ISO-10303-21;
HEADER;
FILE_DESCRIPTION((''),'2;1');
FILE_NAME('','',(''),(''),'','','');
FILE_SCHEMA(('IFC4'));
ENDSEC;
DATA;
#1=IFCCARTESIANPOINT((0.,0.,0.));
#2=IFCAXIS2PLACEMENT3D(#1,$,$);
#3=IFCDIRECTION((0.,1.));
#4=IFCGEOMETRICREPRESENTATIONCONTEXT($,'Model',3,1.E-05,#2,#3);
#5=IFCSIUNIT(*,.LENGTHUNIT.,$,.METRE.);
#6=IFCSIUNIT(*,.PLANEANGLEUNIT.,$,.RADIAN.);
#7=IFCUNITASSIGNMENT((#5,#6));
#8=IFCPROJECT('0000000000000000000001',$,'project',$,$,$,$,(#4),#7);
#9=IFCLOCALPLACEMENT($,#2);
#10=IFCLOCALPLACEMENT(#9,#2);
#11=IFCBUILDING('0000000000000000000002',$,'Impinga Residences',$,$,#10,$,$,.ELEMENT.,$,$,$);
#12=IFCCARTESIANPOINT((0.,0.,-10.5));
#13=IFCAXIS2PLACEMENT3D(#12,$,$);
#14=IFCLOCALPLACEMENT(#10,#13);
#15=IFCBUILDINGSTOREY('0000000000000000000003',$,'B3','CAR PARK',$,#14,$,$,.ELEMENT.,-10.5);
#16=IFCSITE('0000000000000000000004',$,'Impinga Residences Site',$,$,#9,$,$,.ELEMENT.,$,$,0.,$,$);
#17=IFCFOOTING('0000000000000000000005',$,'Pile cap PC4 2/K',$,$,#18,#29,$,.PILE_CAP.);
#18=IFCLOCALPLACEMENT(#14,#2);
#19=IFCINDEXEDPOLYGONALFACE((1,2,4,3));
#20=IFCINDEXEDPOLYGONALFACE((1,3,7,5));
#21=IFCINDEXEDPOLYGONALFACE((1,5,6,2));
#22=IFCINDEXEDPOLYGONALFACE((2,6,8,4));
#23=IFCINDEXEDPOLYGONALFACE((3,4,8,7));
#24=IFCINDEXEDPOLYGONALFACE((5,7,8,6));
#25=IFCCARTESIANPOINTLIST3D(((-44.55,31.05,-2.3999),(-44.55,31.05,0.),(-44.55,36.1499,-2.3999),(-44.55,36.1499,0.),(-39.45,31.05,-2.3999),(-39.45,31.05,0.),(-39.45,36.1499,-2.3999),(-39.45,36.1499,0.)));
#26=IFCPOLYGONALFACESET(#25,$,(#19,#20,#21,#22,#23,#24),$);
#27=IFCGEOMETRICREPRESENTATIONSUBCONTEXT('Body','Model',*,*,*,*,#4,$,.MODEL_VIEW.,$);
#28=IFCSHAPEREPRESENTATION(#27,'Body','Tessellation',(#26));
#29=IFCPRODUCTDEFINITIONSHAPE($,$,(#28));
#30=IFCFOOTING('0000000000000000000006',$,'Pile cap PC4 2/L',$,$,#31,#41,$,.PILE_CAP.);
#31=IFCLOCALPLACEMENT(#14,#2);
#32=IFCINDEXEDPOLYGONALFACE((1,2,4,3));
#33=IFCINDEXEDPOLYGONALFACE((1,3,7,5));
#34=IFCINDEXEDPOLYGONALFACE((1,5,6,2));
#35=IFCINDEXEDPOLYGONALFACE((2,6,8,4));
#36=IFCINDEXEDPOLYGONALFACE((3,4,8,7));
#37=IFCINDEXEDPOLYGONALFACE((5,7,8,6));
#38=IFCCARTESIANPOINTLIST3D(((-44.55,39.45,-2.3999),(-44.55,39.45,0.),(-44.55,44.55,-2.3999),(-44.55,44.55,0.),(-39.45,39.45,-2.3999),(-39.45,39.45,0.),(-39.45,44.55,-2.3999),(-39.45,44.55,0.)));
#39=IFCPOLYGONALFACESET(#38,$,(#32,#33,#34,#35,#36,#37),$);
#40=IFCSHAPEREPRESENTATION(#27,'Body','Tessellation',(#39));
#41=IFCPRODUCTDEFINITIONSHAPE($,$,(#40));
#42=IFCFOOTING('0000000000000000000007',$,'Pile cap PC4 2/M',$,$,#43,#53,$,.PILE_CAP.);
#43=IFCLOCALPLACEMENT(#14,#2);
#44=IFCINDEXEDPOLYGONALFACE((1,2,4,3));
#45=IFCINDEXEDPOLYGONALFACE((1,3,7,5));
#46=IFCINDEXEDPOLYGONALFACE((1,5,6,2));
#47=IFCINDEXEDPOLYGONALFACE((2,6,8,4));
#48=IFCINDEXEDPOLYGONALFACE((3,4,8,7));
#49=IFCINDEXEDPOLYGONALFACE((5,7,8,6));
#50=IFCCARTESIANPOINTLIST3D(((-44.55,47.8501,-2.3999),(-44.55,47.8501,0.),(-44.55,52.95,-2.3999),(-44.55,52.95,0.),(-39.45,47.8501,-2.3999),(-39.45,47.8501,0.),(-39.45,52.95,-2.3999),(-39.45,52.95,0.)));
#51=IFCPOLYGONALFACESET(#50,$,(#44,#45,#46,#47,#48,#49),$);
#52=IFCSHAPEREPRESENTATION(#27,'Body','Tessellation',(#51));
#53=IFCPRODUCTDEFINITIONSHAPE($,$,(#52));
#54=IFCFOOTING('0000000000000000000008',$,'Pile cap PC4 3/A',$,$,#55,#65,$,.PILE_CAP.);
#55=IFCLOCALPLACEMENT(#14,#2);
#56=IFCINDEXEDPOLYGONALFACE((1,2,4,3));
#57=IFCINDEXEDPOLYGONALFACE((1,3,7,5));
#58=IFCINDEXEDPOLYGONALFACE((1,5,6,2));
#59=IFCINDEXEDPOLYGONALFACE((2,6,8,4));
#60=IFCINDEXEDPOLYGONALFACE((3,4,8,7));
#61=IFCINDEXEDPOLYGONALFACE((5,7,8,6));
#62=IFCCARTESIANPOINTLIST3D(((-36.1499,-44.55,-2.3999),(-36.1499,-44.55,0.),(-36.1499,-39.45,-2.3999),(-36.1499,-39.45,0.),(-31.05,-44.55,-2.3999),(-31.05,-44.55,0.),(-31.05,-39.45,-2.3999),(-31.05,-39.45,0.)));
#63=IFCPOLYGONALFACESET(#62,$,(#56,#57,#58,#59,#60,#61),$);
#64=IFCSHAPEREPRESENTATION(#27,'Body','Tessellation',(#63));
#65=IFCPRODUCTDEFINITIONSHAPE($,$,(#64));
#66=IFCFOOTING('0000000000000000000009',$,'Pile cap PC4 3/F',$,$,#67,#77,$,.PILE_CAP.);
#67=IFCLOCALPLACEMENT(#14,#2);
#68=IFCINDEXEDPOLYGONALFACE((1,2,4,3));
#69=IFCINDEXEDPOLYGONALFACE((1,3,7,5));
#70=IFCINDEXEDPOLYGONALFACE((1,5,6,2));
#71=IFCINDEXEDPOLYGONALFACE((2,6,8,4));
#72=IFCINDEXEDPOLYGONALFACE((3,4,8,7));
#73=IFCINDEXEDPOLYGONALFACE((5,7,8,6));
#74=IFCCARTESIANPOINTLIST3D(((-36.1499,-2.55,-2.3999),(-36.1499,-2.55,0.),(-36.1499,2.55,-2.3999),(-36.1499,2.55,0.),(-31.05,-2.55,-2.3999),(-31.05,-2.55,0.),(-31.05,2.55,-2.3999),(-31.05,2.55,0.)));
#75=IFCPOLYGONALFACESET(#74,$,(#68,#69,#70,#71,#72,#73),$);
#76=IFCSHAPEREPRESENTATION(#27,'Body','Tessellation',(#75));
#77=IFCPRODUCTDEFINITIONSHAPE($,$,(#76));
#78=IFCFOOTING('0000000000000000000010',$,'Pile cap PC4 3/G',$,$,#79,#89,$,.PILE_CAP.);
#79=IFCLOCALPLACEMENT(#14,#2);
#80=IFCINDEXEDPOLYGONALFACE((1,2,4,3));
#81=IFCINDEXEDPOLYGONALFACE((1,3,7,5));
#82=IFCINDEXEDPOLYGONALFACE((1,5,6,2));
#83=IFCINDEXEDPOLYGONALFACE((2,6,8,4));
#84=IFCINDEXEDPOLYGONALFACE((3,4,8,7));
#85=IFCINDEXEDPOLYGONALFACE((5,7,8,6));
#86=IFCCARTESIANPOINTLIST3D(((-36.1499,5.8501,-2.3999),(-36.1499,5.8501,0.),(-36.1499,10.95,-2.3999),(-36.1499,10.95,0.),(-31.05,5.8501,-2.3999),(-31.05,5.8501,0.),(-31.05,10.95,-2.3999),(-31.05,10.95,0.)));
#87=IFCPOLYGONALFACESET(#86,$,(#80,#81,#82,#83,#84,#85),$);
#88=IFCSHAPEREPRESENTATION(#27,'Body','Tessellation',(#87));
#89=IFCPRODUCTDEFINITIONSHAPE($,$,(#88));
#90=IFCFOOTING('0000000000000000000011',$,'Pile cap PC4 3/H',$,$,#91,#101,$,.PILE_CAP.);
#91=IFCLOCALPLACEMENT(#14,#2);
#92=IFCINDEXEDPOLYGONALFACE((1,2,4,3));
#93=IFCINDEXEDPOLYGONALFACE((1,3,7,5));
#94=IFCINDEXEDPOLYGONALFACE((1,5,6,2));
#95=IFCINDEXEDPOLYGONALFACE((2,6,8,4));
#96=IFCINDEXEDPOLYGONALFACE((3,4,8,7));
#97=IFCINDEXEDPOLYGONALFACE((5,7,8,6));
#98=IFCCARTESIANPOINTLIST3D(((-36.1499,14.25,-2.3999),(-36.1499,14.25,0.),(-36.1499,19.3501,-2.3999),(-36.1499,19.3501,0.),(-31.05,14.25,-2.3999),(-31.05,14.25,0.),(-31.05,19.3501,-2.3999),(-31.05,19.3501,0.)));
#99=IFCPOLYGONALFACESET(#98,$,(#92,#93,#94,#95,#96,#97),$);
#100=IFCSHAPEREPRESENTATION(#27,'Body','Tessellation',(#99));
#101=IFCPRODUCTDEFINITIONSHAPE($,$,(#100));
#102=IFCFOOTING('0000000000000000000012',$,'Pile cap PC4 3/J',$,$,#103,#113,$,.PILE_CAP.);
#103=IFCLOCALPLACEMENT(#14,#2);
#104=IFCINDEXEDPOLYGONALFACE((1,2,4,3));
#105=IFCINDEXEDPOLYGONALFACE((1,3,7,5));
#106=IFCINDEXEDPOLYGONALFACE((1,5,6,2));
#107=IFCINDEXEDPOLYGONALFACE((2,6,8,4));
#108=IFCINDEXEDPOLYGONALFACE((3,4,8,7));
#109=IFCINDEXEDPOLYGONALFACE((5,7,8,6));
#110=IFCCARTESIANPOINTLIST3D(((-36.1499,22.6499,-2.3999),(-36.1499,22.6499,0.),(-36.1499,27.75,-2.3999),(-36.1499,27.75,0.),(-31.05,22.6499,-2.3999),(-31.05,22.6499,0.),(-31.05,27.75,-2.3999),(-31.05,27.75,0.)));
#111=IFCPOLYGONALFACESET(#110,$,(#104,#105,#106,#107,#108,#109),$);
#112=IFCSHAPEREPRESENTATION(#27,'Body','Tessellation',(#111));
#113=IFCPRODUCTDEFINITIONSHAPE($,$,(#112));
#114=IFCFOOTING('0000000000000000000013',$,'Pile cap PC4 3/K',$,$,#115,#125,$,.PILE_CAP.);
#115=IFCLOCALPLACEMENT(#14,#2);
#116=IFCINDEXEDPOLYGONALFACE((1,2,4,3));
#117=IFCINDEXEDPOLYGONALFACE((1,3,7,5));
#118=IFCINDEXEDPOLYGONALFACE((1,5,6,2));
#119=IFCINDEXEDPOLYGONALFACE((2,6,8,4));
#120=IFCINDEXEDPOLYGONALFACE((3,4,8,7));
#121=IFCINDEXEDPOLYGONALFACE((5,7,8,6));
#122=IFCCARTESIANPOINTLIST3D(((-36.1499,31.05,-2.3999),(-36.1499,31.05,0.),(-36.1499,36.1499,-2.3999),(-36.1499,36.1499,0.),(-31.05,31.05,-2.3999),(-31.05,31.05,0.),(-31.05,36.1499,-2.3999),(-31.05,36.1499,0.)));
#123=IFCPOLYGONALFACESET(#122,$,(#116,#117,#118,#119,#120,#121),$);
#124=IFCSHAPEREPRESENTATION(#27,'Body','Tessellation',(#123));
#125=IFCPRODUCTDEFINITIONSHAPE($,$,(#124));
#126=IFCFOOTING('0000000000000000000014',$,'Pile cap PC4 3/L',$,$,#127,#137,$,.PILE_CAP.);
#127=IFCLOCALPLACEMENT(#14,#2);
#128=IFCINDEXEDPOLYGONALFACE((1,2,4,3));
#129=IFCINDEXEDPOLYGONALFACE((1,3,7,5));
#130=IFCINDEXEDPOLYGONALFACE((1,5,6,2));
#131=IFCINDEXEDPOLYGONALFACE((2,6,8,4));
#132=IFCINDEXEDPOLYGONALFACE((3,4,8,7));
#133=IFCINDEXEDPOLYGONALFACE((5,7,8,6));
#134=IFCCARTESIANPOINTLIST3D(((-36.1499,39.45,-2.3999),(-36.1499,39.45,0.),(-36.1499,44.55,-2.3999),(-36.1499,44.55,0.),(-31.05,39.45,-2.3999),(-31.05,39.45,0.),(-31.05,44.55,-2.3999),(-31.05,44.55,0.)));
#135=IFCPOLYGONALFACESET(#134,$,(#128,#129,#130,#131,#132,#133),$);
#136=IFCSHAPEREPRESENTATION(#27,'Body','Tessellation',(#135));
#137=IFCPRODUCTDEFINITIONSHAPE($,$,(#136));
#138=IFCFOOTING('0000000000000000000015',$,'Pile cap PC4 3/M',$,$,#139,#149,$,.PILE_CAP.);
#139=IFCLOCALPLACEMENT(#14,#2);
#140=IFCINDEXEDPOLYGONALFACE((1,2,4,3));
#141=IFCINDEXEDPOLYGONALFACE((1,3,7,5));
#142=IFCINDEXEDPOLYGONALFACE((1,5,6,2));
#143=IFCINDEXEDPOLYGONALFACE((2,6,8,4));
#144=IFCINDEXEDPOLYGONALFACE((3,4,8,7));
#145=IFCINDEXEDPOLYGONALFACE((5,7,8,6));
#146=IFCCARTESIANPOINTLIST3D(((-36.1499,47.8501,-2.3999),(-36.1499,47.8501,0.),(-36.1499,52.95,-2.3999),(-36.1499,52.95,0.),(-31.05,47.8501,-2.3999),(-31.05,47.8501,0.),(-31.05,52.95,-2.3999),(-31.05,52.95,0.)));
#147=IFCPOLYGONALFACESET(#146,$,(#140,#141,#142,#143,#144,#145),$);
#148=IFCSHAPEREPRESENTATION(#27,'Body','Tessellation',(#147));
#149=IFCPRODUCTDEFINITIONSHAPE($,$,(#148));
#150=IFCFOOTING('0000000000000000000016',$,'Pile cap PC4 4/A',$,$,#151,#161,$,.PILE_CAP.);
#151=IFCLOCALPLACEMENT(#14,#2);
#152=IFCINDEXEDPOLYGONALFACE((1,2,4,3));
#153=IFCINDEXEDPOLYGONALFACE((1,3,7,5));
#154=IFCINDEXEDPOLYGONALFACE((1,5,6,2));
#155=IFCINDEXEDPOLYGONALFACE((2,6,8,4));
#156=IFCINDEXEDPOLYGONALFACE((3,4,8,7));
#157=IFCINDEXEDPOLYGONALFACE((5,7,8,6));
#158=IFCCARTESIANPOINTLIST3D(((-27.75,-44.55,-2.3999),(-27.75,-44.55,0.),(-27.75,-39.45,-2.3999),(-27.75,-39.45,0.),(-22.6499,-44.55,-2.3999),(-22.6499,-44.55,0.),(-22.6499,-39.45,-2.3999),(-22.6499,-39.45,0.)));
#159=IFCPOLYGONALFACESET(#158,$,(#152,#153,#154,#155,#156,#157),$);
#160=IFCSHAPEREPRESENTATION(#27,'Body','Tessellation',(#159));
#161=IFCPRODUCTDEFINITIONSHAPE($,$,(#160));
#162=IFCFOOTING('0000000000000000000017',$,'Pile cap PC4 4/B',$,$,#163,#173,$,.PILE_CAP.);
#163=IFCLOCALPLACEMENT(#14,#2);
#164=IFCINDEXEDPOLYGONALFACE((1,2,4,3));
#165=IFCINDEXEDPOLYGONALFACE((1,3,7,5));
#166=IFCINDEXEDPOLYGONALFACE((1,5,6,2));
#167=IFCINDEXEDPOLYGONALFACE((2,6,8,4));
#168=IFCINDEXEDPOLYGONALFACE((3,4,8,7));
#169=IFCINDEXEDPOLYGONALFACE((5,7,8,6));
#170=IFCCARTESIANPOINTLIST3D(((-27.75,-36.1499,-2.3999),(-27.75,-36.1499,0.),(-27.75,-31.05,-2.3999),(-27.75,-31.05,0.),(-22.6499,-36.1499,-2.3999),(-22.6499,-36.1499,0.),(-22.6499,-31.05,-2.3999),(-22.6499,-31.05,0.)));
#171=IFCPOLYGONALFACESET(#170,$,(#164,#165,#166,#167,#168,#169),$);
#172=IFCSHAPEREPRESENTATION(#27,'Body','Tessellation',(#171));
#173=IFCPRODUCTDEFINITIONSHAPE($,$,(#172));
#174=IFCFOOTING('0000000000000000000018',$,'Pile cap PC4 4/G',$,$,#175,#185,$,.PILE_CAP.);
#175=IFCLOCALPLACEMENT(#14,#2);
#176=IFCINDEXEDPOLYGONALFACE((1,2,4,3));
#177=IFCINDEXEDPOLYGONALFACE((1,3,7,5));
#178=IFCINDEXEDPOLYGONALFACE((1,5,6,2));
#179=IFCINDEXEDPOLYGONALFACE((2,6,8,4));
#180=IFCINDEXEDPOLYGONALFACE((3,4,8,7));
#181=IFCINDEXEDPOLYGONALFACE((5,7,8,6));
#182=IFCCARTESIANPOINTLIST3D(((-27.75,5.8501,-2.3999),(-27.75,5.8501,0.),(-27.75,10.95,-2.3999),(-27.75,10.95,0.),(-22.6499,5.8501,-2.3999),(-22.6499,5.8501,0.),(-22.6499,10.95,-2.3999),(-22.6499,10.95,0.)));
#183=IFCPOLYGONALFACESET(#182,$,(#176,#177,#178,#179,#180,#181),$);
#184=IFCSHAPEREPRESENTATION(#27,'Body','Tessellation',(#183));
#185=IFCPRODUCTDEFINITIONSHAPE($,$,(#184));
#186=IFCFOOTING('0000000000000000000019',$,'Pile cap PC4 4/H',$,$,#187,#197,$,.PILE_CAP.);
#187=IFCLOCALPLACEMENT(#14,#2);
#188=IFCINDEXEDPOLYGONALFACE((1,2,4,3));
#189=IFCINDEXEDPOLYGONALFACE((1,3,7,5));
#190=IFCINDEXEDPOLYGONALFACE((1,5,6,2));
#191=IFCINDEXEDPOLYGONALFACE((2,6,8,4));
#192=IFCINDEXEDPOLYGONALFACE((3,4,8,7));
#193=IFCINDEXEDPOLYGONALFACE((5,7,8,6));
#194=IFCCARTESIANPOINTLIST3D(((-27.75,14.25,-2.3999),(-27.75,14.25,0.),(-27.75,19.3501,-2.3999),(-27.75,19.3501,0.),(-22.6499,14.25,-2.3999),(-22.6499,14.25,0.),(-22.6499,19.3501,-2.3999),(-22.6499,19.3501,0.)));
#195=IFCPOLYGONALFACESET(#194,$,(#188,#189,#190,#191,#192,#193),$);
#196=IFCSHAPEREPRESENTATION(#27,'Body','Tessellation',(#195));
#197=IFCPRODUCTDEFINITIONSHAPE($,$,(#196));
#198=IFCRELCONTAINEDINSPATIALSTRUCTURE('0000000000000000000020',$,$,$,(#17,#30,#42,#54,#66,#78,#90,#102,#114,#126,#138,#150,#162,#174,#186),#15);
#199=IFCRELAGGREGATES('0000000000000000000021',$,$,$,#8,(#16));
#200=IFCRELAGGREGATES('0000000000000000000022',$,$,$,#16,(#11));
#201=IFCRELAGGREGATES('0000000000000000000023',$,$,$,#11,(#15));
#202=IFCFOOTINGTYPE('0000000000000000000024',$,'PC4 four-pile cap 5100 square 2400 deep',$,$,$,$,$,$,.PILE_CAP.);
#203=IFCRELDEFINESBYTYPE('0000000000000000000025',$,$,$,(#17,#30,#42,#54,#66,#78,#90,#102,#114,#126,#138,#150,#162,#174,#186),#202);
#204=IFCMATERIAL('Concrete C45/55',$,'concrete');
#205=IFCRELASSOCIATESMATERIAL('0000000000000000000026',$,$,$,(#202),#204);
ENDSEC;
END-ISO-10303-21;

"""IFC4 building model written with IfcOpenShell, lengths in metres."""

from ifc_helpers import new_model, si_unit, direction, frame, origin, place, context, subcontext, project, spatial, polyline, outline, extrude, material, type_object, element, save


model = new_model("IFC4")

# Units and contexts
model_context = context("Model", 3, precision=1e-05, world=origin(), true_north=direction((0.0, 1.0)))
body_context = subcontext(model_context, "Body", "Model", "MODEL_VIEW")
ifc_project = project(units=[si_unit("LENGTHUNIT", "METRE"), si_unit("PLANEANGLEUNIT", "RADIAN")], contexts=[model_context])

# Site, building, storey
site_placement = place(None, origin())
site = spatial("IfcSite", under=ifc_project, at=site_placement, Name="Impinga Residences Site", CompositionType="ELEMENT", RefElevation=0.0)
building_placement = place(site_placement, origin())
building = spatial("IfcBuilding", under=site, at=building_placement, Name="Impinga Residences", CompositionType="ELEMENT")
storey_placement = place(building_placement, frame((0.0, 0.0, -10.5)))
storey = spatial("IfcBuildingStorey", under=building, at=storey_placement, Name="B3", Description="CAR PARK", CompositionType="ELEMENT", Elevation=-10.5)

# Footings
ifc_material = material(Name="Concrete C45/55", Category="concrete")
footing_type = type_object("IfcFootingType", Name="PC4 four-pile cap 5100 square 2400 deep", PredefinedType="PILE_CAP", material=ifc_material)
footing_1_placement = place(storey_placement, frame((0.0, 0.0, -2.3999)))
element("IfcFooting", 1, at=footing_1_placement, inside=storey, type_object=footing_type, Name="Pile cap PC4 2/K", PredefinedType="PILE_CAP", context=body_context, shape_type="SweptSolid", body=[
    extrude(outline(polyline([(-39.45, 31.05), (-39.45, 36.1499), (-44.55, 36.1499), (-44.55, 31.05), (-39.45, 31.05)])), origin(), (0.0, 0.0, 1.0), 2.3999),
])
footing_2_placement = place(storey_placement, frame((0.0, 0.0, -2.3999)))
element("IfcFooting", 2, at=footing_2_placement, inside=storey, type_object=footing_type, Name="Pile cap PC4 2/L", PredefinedType="PILE_CAP", context=body_context, shape_type="SweptSolid", body=[
    extrude(outline(polyline([(-39.45, 39.45), (-39.45, 44.55), (-44.55, 44.55), (-44.55, 39.45), (-39.45, 39.45)])), origin(), (0.0, 0.0, 1.0), 2.3999),
])
footing_3_placement = place(storey_placement, frame((0.0, 0.0, -2.3999)))
element("IfcFooting", 3, at=footing_3_placement, inside=storey, type_object=footing_type, Name="Pile cap PC4 2/M", PredefinedType="PILE_CAP", context=body_context, shape_type="SweptSolid", body=[
    extrude(outline(polyline([(-39.45, 47.8501), (-39.45, 52.95), (-44.55, 52.95), (-44.55, 47.8501), (-39.45, 47.8501)])), origin(), (0.0, 0.0, 1.0), 2.3999),
])
footing_4_placement = place(storey_placement, frame((0.0, 0.0, -2.3999)))
element("IfcFooting", 4, at=footing_4_placement, inside=storey, type_object=footing_type, Name="Pile cap PC4 3/A", PredefinedType="PILE_CAP", context=body_context, shape_type="SweptSolid", body=[
    extrude(outline(polyline([(-31.05, -44.55), (-31.05, -39.45), (-36.1499, -39.45), (-36.1499, -44.55), (-31.05, -44.55)])), origin(), (0.0, 0.0, 1.0), 2.3999),
])
footing_5_placement = place(storey_placement, frame((0.0, 0.0, -2.3999)))
element("IfcFooting", 5, at=footing_5_placement, inside=storey, type_object=footing_type, Name="Pile cap PC4 3/F", PredefinedType="PILE_CAP", context=body_context, shape_type="SweptSolid", body=[
    extrude(outline(polyline([(-31.05, -2.55), (-31.05, 2.55), (-36.1499, 2.55), (-36.1499, -2.55), (-31.05, -2.55)])), origin(), (0.0, 0.0, 1.0), 2.3999),
])
footing_6_placement = place(storey_placement, frame((0.0, 0.0, -2.3999)))
element("IfcFooting", 6, at=footing_6_placement, inside=storey, type_object=footing_type, Name="Pile cap PC4 3/G", PredefinedType="PILE_CAP", context=body_context, shape_type="SweptSolid", body=[
    extrude(outline(polyline([(-31.05, 5.8501), (-31.05, 10.95), (-36.1499, 10.95), (-36.1499, 5.8501), (-31.05, 5.8501)])), origin(), (0.0, 0.0, 1.0), 2.3999),
])
footing_7_placement = place(storey_placement, frame((0.0, 0.0, -2.3999)))
element("IfcFooting", 7, at=footing_7_placement, inside=storey, type_object=footing_type, Name="Pile cap PC4 3/H", PredefinedType="PILE_CAP", context=body_context, shape_type="SweptSolid", body=[
    extrude(outline(polyline([(-31.05, 14.25), (-31.05, 19.3501), (-36.1499, 19.3501), (-36.1499, 14.25), (-31.05, 14.25)])), origin(), (0.0, 0.0, 1.0), 2.3999),
])
footing_8_placement = place(storey_placement, frame((0.0, 0.0, -2.3999)))
element("IfcFooting", 8, at=footing_8_placement, inside=storey, type_object=footing_type, Name="Pile cap PC4 3/J", PredefinedType="PILE_CAP", context=body_context, shape_type="SweptSolid", body=[
    extrude(outline(polyline([(-31.05, 22.6499), (-31.05, 27.75), (-36.1499, 27.75), (-36.1499, 22.6499), (-31.05, 22.6499)])), origin(), (0.0, 0.0, 1.0), 2.3999),
])
footing_9_placement = place(storey_placement, frame((0.0, 0.0, -2.3999)))
element("IfcFooting", 9, at=footing_9_placement, inside=storey, type_object=footing_type, Name="Pile cap PC4 3/K", PredefinedType="PILE_CAP", context=body_context, shape_type="SweptSolid", body=[
    extrude(outline(polyline([(-31.05, 31.05), (-31.05, 36.1499), (-36.1499, 36.1499), (-36.1499, 31.05), (-31.05, 31.05)])), origin(), (0.0, 0.0, 1.0), 2.3999),
])
footing_10_placement = place(storey_placement, frame((0.0, 0.0, -2.3999)))
element("IfcFooting", 10, at=footing_10_placement, inside=storey, type_object=footing_type, Name="Pile cap PC4 3/L", PredefinedType="PILE_CAP", context=body_context, shape_type="SweptSolid", body=[
    extrude(outline(polyline([(-31.05, 39.45), (-31.05, 44.55), (-36.1499, 44.55), (-36.1499, 39.45), (-31.05, 39.45)])), origin(), (0.0, 0.0, 1.0), 2.3999),
])
footing_11_placement = place(storey_placement, frame((0.0, 0.0, -2.3999)))
element("IfcFooting", 11, at=footing_11_placement, inside=storey, type_object=footing_type, Name="Pile cap PC4 3/M", PredefinedType="PILE_CAP", context=body_context, shape_type="SweptSolid", body=[
    extrude(outline(polyline([(-31.05, 47.8501), (-31.05, 52.95), (-36.1499, 52.95), (-36.1499, 47.8501), (-31.05, 47.8501)])), origin(), (0.0, 0.0, 1.0), 2.3999),
])
footing_12_placement = place(storey_placement, frame((0.0, 0.0, -2.3999)))
element("IfcFooting", 12, at=footing_12_placement, inside=storey, type_object=footing_type, Name="Pile cap PC4 4/A", PredefinedType="PILE_CAP", context=body_context, shape_type="SweptSolid", body=[
    extrude(outline(polyline([(-22.6499, -44.55), (-22.6499, -39.45), (-27.75, -39.45), (-27.75, -44.55), (-22.6499, -44.55)])), origin(), (0.0, 0.0, 1.0), 2.3999),
])
footing_13_placement = place(storey_placement, frame((0.0, 0.0, -2.3999)))
element("IfcFooting", 13, at=footing_13_placement, inside=storey, type_object=footing_type, Name="Pile cap PC4 4/B", PredefinedType="PILE_CAP", context=body_context, shape_type="SweptSolid", body=[
    extrude(outline(polyline([(-22.6499, -36.1499), (-22.6499, -31.05), (-27.75, -31.05), (-27.75, -36.1499), (-22.6499, -36.1499)])), origin(), (0.0, 0.0, 1.0), 2.3999),
])
footing_14_placement = place(storey_placement, frame((0.0, 0.0, -2.3999)))
element("IfcFooting", 14, at=footing_14_placement, inside=storey, type_object=footing_type, Name="Pile cap PC4 4/G", PredefinedType="PILE_CAP", context=body_context, shape_type="SweptSolid", body=[
    extrude(outline(polyline([(-22.6499, 5.8501), (-22.6499, 10.95), (-27.75, 10.95), (-27.75, 5.8501), (-22.6499, 5.8501)])), origin(), (0.0, 0.0, 1.0), 2.3999),
])
footing_15_placement = place(storey_placement, frame((0.0, 0.0, -2.3999)))
element("IfcFooting", 15, at=footing_15_placement, inside=storey, type_object=footing_type, Name="Pile cap PC4 4/H", PredefinedType="PILE_CAP", context=body_context, shape_type="SweptSolid", body=[
    extrude(outline(polyline([(-22.6499, 14.25), (-22.6499, 19.3501), (-27.75, 19.3501), (-27.75, 14.25), (-22.6499, 14.25)])), origin(), (0.0, 0.0, 1.0), 2.3999),
])

save(model, "model.ifc")
